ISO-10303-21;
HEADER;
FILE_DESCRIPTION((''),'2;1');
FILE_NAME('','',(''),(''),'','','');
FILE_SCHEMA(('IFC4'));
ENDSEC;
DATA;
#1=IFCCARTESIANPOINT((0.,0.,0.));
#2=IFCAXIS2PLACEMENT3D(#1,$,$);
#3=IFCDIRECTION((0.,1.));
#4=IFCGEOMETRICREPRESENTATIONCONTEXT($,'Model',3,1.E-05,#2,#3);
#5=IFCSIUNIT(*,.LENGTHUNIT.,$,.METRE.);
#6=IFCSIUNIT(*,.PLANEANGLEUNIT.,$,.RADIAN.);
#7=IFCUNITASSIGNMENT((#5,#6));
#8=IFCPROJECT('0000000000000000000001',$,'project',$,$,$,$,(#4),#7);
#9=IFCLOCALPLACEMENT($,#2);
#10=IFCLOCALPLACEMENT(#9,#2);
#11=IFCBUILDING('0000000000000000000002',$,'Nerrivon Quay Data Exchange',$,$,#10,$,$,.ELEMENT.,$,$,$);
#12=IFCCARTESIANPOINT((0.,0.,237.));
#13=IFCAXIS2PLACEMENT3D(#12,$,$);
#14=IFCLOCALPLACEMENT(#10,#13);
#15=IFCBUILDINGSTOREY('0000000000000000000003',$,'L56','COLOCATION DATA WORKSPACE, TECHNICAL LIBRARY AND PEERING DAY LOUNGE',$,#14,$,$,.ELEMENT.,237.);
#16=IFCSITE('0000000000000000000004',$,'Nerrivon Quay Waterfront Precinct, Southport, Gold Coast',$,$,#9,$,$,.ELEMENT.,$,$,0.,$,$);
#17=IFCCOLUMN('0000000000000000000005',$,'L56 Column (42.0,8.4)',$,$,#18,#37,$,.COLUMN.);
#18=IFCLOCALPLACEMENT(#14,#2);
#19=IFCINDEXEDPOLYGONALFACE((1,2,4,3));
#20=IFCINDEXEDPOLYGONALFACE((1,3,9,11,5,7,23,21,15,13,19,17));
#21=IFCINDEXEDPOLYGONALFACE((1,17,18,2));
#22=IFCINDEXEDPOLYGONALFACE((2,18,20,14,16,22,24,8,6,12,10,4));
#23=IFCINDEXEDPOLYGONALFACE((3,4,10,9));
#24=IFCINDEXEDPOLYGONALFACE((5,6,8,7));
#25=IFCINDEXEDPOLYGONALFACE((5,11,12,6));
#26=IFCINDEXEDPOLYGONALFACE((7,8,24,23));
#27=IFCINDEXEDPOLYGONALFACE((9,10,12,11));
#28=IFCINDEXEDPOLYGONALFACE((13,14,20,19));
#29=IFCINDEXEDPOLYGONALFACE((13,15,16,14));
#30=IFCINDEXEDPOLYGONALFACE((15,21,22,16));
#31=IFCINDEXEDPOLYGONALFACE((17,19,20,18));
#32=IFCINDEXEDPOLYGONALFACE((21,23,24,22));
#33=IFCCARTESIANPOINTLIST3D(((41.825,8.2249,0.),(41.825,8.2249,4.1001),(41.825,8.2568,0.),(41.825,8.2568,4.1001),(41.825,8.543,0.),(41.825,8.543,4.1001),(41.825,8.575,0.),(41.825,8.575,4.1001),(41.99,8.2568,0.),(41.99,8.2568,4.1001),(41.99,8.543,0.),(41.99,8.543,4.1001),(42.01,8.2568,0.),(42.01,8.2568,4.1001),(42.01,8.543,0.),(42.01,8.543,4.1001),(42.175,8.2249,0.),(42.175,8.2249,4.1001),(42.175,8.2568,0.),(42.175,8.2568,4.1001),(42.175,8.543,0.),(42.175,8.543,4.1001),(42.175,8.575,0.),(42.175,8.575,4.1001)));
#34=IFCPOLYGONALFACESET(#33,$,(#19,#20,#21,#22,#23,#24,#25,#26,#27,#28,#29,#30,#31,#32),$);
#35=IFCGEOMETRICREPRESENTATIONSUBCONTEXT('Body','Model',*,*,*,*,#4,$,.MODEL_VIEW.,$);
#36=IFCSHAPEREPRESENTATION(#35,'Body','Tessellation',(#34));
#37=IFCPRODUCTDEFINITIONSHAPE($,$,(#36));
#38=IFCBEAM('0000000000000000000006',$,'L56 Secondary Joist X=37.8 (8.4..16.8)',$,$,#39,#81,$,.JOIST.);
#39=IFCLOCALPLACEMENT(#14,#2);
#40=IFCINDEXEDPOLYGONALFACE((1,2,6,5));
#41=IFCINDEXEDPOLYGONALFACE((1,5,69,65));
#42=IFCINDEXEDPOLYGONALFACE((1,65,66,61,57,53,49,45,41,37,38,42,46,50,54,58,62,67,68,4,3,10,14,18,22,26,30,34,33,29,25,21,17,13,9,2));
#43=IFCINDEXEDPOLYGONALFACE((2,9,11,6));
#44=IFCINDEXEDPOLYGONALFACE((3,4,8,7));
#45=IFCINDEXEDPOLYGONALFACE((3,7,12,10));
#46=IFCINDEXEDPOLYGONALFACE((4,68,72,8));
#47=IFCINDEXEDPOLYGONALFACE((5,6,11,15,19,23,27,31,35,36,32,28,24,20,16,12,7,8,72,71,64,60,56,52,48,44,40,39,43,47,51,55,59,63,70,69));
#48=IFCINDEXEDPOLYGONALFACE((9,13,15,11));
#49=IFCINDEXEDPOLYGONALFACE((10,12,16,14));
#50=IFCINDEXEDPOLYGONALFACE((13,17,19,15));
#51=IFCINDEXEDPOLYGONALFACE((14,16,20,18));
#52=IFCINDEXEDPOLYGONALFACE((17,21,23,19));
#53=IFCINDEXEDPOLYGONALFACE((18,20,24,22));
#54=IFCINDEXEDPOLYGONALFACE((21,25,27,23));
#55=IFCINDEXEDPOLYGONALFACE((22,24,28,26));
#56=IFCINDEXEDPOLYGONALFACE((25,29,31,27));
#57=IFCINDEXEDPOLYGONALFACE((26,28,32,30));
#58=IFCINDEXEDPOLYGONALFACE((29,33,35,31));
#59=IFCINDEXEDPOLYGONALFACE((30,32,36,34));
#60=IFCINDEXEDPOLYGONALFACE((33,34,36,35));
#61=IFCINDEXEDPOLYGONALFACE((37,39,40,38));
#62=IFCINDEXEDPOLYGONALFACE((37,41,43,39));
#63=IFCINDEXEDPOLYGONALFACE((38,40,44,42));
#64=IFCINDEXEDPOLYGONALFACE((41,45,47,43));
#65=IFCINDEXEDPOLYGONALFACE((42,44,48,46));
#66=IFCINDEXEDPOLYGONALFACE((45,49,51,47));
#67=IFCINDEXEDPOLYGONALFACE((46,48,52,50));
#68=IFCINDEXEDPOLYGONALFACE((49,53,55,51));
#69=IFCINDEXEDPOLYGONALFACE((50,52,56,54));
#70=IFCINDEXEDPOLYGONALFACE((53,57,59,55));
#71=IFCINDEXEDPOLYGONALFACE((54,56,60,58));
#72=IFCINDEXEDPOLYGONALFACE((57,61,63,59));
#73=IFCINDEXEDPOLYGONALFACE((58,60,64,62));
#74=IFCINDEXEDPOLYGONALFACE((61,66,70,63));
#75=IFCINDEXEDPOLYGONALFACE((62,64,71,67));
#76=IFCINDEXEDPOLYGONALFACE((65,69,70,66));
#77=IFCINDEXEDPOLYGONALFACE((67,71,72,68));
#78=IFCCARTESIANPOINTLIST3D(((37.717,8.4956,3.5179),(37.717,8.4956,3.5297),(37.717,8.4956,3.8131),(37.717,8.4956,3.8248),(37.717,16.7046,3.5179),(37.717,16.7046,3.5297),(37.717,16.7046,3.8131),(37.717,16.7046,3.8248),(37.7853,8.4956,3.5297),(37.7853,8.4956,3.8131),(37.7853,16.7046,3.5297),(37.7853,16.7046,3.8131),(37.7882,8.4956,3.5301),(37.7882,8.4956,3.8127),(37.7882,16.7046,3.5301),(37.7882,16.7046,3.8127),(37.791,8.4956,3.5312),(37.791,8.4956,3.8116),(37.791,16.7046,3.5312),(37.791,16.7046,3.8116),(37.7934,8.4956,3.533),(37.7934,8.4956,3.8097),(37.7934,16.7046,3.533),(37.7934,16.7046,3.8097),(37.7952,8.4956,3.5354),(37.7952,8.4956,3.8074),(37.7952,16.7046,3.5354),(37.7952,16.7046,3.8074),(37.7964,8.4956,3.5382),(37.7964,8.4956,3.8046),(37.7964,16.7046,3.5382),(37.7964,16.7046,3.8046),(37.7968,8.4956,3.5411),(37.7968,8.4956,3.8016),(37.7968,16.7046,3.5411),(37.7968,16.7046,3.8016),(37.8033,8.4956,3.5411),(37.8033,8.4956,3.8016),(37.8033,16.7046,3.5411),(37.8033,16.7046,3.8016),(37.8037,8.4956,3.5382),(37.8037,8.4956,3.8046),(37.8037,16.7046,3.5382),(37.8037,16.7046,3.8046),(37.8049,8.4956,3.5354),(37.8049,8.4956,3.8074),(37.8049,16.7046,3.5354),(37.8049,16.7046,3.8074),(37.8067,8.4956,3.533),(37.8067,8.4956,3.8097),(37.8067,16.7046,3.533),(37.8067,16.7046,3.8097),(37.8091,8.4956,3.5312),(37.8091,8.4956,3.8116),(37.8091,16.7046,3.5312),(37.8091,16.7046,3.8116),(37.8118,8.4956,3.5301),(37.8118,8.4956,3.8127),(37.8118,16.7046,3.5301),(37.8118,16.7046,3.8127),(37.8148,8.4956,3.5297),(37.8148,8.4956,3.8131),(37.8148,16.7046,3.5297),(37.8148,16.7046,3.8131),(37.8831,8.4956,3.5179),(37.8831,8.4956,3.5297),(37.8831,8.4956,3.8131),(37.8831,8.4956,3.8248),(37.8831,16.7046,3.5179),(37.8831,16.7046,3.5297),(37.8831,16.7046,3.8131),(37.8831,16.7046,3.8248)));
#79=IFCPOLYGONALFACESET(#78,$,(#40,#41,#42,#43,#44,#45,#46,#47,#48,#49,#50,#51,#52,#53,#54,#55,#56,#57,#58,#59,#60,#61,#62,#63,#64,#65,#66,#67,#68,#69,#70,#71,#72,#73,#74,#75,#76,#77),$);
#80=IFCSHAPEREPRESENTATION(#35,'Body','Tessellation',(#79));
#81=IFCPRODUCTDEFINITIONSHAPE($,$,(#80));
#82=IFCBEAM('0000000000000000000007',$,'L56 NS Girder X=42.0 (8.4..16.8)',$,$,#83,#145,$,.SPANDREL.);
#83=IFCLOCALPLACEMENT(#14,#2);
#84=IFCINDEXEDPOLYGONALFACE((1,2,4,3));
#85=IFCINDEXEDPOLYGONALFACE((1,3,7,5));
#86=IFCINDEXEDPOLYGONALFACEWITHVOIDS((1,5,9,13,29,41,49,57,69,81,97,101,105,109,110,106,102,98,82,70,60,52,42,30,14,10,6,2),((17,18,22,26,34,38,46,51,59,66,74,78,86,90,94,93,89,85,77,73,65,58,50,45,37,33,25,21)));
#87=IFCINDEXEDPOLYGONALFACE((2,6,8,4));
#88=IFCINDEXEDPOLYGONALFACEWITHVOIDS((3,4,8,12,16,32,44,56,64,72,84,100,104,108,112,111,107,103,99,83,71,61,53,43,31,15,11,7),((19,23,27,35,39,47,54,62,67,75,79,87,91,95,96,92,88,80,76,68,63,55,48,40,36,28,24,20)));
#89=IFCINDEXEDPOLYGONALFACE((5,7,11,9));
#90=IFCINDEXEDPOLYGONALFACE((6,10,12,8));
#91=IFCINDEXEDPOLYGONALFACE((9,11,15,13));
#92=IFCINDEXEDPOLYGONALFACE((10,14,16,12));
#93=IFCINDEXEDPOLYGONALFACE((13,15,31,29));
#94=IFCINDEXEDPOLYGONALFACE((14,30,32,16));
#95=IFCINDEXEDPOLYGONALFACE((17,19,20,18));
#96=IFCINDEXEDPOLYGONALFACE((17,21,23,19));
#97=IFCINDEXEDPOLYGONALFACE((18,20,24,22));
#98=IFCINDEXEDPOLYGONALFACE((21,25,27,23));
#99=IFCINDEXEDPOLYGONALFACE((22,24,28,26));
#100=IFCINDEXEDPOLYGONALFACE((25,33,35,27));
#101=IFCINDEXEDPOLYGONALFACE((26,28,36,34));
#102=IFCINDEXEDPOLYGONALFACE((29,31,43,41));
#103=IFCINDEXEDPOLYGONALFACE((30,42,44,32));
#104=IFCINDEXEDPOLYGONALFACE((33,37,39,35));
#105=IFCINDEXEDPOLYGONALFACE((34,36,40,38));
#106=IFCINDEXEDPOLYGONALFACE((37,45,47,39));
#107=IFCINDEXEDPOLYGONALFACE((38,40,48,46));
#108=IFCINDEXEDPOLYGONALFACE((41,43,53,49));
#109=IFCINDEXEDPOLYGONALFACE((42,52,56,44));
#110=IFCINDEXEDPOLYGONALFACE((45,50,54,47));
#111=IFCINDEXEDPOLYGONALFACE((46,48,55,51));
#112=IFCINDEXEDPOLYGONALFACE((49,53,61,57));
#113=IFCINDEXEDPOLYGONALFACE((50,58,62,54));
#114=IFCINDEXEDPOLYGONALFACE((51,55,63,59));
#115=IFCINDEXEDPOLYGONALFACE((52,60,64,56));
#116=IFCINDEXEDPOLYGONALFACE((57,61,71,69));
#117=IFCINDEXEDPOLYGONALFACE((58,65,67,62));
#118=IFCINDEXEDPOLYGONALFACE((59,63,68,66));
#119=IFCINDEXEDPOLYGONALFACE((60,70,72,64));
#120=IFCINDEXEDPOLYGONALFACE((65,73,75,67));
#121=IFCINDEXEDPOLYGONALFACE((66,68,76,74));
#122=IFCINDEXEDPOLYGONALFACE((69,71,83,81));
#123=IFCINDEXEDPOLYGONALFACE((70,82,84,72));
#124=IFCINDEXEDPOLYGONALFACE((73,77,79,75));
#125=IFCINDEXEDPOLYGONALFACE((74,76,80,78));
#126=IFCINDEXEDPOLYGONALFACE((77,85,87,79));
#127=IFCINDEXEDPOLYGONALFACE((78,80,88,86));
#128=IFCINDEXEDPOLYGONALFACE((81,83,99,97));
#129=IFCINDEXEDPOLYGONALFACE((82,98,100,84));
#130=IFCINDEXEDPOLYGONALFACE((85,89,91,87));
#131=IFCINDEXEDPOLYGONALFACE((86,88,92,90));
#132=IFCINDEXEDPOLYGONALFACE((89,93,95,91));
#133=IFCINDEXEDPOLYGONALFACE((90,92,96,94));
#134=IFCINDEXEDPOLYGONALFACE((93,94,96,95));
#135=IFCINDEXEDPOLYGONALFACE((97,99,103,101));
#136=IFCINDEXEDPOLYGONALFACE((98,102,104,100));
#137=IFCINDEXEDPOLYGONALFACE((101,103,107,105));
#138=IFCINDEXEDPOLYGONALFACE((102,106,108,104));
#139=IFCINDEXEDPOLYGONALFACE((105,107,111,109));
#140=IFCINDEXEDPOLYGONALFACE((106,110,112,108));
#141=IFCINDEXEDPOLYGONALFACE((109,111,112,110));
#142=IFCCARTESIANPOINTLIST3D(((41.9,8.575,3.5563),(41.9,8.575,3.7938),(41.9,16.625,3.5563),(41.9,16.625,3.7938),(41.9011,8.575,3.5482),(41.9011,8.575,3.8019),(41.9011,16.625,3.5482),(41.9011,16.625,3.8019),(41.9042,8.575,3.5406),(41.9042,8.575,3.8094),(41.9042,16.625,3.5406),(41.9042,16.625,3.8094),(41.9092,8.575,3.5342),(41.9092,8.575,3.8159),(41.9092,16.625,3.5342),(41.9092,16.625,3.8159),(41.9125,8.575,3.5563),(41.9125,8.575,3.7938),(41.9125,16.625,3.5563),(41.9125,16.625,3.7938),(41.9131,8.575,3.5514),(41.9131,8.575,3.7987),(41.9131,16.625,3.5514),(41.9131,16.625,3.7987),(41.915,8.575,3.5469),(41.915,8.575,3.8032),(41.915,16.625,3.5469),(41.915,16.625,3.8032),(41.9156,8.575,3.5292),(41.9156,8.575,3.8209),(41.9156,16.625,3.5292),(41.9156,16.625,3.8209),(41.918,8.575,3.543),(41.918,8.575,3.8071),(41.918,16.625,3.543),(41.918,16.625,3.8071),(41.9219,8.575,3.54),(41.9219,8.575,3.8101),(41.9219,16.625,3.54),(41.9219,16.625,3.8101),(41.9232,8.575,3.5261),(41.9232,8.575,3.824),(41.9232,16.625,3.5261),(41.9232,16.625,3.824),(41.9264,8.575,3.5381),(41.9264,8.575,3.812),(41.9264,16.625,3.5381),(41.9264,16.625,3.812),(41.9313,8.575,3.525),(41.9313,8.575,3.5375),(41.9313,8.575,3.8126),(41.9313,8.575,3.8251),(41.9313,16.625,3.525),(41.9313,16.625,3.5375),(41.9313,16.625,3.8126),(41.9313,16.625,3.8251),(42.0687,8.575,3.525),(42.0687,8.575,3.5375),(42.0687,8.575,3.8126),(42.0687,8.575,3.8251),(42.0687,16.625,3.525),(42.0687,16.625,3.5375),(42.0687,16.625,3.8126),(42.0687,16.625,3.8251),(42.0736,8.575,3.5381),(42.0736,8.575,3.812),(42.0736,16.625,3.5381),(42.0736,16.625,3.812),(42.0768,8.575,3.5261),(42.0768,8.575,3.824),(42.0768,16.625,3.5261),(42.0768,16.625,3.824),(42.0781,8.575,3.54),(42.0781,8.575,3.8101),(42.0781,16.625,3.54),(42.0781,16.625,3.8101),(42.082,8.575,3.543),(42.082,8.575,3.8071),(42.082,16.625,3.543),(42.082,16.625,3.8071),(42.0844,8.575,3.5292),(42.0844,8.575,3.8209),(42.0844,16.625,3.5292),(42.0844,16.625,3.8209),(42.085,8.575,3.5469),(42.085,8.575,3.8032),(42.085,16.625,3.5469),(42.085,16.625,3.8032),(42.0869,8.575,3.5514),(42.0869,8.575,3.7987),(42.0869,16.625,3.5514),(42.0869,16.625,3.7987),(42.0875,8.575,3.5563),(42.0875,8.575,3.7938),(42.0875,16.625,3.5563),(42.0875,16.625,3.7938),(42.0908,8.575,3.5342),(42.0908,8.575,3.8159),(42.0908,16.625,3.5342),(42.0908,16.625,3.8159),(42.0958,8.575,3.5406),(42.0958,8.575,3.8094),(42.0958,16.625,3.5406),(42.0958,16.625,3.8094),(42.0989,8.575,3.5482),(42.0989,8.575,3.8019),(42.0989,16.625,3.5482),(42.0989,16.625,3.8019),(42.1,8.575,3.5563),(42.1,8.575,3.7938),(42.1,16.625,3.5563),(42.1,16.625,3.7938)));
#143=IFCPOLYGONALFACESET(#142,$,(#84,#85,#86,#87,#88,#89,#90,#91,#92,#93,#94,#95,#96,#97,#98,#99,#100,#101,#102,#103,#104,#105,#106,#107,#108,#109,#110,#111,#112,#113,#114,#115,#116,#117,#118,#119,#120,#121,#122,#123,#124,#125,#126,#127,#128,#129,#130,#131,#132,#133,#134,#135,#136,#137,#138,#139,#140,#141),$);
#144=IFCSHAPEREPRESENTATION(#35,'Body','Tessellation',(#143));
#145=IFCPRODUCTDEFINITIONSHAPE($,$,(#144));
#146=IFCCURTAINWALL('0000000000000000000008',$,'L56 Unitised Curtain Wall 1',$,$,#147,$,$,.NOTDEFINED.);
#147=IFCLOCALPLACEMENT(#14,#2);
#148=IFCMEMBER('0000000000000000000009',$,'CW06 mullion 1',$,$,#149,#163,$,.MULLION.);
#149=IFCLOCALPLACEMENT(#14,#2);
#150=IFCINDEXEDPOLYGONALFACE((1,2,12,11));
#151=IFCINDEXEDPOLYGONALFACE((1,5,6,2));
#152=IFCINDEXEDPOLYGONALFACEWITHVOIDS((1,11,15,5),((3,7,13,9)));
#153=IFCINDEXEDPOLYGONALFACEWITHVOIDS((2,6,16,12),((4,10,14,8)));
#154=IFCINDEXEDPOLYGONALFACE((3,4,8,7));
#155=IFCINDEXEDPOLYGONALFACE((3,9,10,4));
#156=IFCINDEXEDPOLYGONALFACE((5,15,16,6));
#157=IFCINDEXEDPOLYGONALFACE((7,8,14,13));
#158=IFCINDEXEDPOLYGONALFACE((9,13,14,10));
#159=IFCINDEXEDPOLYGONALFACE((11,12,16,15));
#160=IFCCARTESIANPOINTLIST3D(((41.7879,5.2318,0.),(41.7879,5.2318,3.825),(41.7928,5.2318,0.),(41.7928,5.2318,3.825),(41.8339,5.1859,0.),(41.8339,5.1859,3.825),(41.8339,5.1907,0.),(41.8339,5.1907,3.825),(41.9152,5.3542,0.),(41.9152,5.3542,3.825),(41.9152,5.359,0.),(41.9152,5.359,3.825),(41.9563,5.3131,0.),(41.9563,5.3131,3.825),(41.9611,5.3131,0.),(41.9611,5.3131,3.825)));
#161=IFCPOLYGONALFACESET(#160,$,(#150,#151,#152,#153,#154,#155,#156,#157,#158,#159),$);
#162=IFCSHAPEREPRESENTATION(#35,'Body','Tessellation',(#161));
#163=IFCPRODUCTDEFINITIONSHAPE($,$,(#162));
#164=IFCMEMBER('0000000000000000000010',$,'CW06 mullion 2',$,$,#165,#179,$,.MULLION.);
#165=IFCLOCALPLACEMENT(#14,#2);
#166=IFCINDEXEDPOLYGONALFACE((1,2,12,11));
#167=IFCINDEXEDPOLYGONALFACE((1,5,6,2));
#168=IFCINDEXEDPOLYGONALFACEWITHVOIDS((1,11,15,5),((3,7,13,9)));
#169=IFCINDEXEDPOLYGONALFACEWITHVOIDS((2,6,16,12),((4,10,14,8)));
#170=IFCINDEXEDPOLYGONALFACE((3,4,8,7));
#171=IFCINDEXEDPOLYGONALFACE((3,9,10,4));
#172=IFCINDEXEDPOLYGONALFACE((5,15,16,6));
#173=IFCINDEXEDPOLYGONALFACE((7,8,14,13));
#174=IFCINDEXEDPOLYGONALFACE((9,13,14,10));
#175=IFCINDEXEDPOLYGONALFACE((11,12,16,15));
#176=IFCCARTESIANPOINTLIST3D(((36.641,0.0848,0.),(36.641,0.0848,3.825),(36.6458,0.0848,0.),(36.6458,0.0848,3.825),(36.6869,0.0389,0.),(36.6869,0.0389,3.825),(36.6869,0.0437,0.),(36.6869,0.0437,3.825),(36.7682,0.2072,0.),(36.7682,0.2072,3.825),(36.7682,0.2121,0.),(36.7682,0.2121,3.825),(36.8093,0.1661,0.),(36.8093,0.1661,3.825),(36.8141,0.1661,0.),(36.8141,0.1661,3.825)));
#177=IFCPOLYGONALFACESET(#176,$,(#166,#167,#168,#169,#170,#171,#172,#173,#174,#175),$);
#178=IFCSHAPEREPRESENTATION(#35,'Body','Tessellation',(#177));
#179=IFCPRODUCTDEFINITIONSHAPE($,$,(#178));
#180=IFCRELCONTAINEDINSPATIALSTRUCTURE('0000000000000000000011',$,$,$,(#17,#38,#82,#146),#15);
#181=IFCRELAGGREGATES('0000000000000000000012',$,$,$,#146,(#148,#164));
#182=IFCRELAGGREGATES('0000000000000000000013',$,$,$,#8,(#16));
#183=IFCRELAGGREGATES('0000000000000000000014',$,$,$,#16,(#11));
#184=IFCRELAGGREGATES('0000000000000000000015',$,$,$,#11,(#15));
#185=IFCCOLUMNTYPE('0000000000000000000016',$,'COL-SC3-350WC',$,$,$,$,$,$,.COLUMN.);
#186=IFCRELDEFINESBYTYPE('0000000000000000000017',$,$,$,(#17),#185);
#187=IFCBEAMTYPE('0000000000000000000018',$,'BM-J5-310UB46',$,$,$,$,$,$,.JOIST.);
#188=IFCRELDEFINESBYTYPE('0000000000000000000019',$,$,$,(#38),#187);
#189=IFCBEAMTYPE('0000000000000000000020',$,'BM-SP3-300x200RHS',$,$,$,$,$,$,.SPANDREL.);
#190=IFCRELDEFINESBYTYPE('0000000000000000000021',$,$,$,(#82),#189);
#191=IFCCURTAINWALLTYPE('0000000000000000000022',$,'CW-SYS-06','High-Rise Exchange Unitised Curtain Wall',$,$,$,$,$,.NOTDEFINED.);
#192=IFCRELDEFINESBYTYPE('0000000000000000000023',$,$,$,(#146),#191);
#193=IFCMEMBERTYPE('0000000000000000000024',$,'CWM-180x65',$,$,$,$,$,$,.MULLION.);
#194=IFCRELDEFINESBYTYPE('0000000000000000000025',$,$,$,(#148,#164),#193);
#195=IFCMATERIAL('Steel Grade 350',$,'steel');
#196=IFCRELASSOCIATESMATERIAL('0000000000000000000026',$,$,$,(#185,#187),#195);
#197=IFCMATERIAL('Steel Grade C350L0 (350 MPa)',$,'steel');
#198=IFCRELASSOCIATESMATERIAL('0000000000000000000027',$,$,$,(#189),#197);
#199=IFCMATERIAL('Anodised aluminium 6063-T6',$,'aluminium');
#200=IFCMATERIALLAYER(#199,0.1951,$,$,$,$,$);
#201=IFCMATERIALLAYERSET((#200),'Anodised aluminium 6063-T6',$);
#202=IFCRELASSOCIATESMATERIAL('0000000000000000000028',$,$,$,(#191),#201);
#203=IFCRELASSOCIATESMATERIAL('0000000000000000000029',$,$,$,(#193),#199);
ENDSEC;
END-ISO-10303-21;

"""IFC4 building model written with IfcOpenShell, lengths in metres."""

from ifc_helpers import new_model, si_unit, direction, frame, origin, origin_2d, place, context, subcontext, project, spatial, hollow_rectangle, i_section, extrude, material, layer, layer_set, material_profile, profile_set, type_object, element, aggregate, save


model = new_model("IFC4")

# Units and contexts
model_context = context("Model", 3, precision=1e-05, world=origin(), true_north=direction((0.0, 1.0)))
body_context = subcontext(model_context, "Body", "Model", "MODEL_VIEW")
ifc_project = project(units=[si_unit("LENGTHUNIT", "METRE"), si_unit("PLANEANGLEUNIT", "RADIAN")], contexts=[model_context])

# Site, building, storey
site_placement = place(None, origin())
site = spatial("IfcSite", under=ifc_project, at=site_placement, Name="Nerrivon Quay Waterfront Precinct, Southport, Gold Coast", CompositionType="ELEMENT", RefElevation=0.0)
building_placement = place(site_placement, origin())
building = spatial("IfcBuilding", under=site, at=building_placement, Name="Nerrivon Quay Data Exchange", CompositionType="ELEMENT")
storey_placement = place(building_placement, frame((0.0, 0.0, 237.0)))
storey = spatial("IfcBuildingStorey", under=building, at=storey_placement, Name="L56", Description="COLOCATION DATA WORKSPACE, TECHNICAL LIBRARY AND PEERING DAY LOUNGE", CompositionType="ELEMENT", Elevation=237.0)

# Column
ifc_material_1 = material(Name="Steel Grade 350", Category="steel")
ifc_material_profile_1 = material_profile(ifc_material_1, i_section(OverallWidth=0.3501, OverallDepth=0.3501, WebThickness=0.02, FlangeThickness=0.032, at=origin_2d()), Name="350WC230")
ifc_profile_set_1 = profile_set([ifc_material_profile_1], Name="Steel Grade 350")
column_type = type_object("IfcColumnType", Name="COL-SC3-350WC", PredefinedType="COLUMN", material=ifc_profile_set_1)
column_placement = place(storey_placement, frame((42.0, 8.3999, 0.0), z_axis=(0.0, 0.0, 1.0), x_axis=(1.0, 0.0, 0.0)))
element("IfcColumn", 1, at=column_placement, inside=storey, type_object=column_type, Name="L56 Column (42.0,8.4)", PredefinedType="COLUMN", context=body_context, shape_type="SweptSolid", body=[
    extrude(i_section(OverallWidth=0.3501, OverallDepth=0.3501, WebThickness=0.02, FlangeThickness=0.032, at=origin_2d()), origin(), (0.0, 0.0, 1.0), 4.1001),
])

# Beams
ifc_material_profile_2 = material_profile(ifc_material_1, i_section(OverallWidth=0.166, OverallDepth=0.3069, WebThickness=0.0066, FlangeThickness=0.0117, FilletRadius=0.0115, at=origin_2d()), Name="310UB46.2")
ifc_profile_set_2 = profile_set([ifc_material_profile_2], Name="Steel Grade 350")
beam_type_1 = type_object("IfcBeamType", Name="BM-J5-310UB46", PredefinedType="JOIST", material=ifc_profile_set_2)
beam_1_placement = place(storey_placement, frame((37.8, 8.4956, 3.6714), z_axis=(0.0, 1.0, 0.0), x_axis=(-1.0, 0.0, 0.0)))
element("IfcBeam", 2, at=beam_1_placement, inside=storey, type_object=beam_type_1, Name="L56 Secondary Joist X=37.8 (8.4..16.8)", PredefinedType="JOIST", context=body_context, shape_type="SweptSolid", body=[
    extrude(i_section(OverallWidth=0.166, OverallDepth=0.3069, WebThickness=0.0066, FlangeThickness=0.0117, FilletRadius=0.0115, at=origin_2d()), origin(), (0.0, 0.0, 1.0), 8.209),
])
ifc_material_2 = material(Name="Steel Grade C350L0 (350 MPa)", Category="steel")
ifc_material_profile_3 = material_profile(ifc_material_2, hollow_rectangle(XDim=0.2, YDim=0.3, WallThickness=0.0125, InnerFilletRadius=0.0188, OuterFilletRadius=0.0312, at=origin_2d()), Name="300x200x12.5RHS")
ifc_profile_set_3 = profile_set([ifc_material_profile_3], Name="Steel Grade C350L0 (350 MPa)")
beam_type_2 = type_object("IfcBeamType", Name="BM-SP3-300x200RHS", PredefinedType="SPANDREL", material=ifc_profile_set_3)
beam_2_placement = place(storey_placement, frame((42.0, 8.575, 3.675), z_axis=(0.0, 1.0, 0.0), x_axis=(-1.0, 0.0, 0.0)))
element("IfcBeam", 3, at=beam_2_placement, inside=storey, type_object=beam_type_2, Name="L56 NS Girder X=42.0 (8.4..16.8)", PredefinedType="SPANDREL", context=body_context, shape_type="SweptSolid", body=[
    extrude(hollow_rectangle(XDim=0.2, YDim=0.3, WallThickness=0.0125, InnerFilletRadius=0.0188, OuterFilletRadius=0.0312, at=origin_2d()), origin(), (0.0, 0.0, 1.0), 8.05),
])

# Curtain wall, members
ifc_material_3 = material(Name="Anodised aluminium 6063-T6", Category="aluminium")
ifc_layer_1 = layer(ifc_material_3, 0.1951)
ifc_layer_set_1 = layer_set([ifc_layer_1], Name="Anodised aluminium 6063-T6")
curtain_wall_type = type_object("IfcCurtainWallType", Name="CW-SYS-06", Description="High-Rise Exchange Unitised Curtain Wall", PredefinedType="NOTDEFINED", material=ifc_layer_set_1)
curtain_wall_1_placement = place(storey_placement, origin())
curtain_wall_1 = element("IfcCurtainWall", 4, at=curtain_wall_1_placement, inside=storey, type_object=curtain_wall_type, Name="L56 Unitised Curtain Wall 1", PredefinedType="NOTDEFINED")
ifc_material_profile_4 = material_profile(ifc_material_3, hollow_rectangle(XDim=0.0649, YDim=0.1799, WallThickness=0.0034, at=origin_2d()), Name="ALU-MULL-180x65")
ifc_profile_set_4 = profile_set([ifc_material_profile_4], Name="Anodised aluminium 6063-T6")
member_type_1 = type_object("IfcMemberType", Name="CWM-180x65", PredefinedType="MULLION", material=ifc_profile_set_4)
member_1_placement = place(storey_placement, frame((41.8745, 5.2725, 0.0), z_axis=(0.0, 0.0, 1.0), x_axis=(0.707107, -0.707107, 0.0)))
member_1 = element("IfcMember", 5, at=member_1_placement, type_object=member_type_1, Name="CW06 mullion 1", PredefinedType="MULLION", context=body_context, shape_type="SweptSolid", body=[
    extrude(hollow_rectangle(XDim=0.0649, YDim=0.1799, WallThickness=0.0034, at=origin_2d()), origin(), (0.0, 0.0, 1.0), 3.825),
])
member_2_placement = place(storey_placement, frame((36.7275, 0.1255, 0.0), z_axis=(0.0, 0.0, 1.0), x_axis=(0.707107, -0.707107, 0.0)))
member_2 = element("IfcMember", 6, at=member_2_placement, type_object=member_type_1, Name="CW06 mullion 2", PredefinedType="MULLION", context=body_context, shape_type="SweptSolid", body=[
    extrude(hollow_rectangle(XDim=0.0649, YDim=0.1799, WallThickness=0.0034, at=origin_2d()), origin(), (0.0, 0.0, 1.0), 3.825),
])

aggregate(curtain_wall_1, [member_1, member_2])

save(model, "model.ifc")
